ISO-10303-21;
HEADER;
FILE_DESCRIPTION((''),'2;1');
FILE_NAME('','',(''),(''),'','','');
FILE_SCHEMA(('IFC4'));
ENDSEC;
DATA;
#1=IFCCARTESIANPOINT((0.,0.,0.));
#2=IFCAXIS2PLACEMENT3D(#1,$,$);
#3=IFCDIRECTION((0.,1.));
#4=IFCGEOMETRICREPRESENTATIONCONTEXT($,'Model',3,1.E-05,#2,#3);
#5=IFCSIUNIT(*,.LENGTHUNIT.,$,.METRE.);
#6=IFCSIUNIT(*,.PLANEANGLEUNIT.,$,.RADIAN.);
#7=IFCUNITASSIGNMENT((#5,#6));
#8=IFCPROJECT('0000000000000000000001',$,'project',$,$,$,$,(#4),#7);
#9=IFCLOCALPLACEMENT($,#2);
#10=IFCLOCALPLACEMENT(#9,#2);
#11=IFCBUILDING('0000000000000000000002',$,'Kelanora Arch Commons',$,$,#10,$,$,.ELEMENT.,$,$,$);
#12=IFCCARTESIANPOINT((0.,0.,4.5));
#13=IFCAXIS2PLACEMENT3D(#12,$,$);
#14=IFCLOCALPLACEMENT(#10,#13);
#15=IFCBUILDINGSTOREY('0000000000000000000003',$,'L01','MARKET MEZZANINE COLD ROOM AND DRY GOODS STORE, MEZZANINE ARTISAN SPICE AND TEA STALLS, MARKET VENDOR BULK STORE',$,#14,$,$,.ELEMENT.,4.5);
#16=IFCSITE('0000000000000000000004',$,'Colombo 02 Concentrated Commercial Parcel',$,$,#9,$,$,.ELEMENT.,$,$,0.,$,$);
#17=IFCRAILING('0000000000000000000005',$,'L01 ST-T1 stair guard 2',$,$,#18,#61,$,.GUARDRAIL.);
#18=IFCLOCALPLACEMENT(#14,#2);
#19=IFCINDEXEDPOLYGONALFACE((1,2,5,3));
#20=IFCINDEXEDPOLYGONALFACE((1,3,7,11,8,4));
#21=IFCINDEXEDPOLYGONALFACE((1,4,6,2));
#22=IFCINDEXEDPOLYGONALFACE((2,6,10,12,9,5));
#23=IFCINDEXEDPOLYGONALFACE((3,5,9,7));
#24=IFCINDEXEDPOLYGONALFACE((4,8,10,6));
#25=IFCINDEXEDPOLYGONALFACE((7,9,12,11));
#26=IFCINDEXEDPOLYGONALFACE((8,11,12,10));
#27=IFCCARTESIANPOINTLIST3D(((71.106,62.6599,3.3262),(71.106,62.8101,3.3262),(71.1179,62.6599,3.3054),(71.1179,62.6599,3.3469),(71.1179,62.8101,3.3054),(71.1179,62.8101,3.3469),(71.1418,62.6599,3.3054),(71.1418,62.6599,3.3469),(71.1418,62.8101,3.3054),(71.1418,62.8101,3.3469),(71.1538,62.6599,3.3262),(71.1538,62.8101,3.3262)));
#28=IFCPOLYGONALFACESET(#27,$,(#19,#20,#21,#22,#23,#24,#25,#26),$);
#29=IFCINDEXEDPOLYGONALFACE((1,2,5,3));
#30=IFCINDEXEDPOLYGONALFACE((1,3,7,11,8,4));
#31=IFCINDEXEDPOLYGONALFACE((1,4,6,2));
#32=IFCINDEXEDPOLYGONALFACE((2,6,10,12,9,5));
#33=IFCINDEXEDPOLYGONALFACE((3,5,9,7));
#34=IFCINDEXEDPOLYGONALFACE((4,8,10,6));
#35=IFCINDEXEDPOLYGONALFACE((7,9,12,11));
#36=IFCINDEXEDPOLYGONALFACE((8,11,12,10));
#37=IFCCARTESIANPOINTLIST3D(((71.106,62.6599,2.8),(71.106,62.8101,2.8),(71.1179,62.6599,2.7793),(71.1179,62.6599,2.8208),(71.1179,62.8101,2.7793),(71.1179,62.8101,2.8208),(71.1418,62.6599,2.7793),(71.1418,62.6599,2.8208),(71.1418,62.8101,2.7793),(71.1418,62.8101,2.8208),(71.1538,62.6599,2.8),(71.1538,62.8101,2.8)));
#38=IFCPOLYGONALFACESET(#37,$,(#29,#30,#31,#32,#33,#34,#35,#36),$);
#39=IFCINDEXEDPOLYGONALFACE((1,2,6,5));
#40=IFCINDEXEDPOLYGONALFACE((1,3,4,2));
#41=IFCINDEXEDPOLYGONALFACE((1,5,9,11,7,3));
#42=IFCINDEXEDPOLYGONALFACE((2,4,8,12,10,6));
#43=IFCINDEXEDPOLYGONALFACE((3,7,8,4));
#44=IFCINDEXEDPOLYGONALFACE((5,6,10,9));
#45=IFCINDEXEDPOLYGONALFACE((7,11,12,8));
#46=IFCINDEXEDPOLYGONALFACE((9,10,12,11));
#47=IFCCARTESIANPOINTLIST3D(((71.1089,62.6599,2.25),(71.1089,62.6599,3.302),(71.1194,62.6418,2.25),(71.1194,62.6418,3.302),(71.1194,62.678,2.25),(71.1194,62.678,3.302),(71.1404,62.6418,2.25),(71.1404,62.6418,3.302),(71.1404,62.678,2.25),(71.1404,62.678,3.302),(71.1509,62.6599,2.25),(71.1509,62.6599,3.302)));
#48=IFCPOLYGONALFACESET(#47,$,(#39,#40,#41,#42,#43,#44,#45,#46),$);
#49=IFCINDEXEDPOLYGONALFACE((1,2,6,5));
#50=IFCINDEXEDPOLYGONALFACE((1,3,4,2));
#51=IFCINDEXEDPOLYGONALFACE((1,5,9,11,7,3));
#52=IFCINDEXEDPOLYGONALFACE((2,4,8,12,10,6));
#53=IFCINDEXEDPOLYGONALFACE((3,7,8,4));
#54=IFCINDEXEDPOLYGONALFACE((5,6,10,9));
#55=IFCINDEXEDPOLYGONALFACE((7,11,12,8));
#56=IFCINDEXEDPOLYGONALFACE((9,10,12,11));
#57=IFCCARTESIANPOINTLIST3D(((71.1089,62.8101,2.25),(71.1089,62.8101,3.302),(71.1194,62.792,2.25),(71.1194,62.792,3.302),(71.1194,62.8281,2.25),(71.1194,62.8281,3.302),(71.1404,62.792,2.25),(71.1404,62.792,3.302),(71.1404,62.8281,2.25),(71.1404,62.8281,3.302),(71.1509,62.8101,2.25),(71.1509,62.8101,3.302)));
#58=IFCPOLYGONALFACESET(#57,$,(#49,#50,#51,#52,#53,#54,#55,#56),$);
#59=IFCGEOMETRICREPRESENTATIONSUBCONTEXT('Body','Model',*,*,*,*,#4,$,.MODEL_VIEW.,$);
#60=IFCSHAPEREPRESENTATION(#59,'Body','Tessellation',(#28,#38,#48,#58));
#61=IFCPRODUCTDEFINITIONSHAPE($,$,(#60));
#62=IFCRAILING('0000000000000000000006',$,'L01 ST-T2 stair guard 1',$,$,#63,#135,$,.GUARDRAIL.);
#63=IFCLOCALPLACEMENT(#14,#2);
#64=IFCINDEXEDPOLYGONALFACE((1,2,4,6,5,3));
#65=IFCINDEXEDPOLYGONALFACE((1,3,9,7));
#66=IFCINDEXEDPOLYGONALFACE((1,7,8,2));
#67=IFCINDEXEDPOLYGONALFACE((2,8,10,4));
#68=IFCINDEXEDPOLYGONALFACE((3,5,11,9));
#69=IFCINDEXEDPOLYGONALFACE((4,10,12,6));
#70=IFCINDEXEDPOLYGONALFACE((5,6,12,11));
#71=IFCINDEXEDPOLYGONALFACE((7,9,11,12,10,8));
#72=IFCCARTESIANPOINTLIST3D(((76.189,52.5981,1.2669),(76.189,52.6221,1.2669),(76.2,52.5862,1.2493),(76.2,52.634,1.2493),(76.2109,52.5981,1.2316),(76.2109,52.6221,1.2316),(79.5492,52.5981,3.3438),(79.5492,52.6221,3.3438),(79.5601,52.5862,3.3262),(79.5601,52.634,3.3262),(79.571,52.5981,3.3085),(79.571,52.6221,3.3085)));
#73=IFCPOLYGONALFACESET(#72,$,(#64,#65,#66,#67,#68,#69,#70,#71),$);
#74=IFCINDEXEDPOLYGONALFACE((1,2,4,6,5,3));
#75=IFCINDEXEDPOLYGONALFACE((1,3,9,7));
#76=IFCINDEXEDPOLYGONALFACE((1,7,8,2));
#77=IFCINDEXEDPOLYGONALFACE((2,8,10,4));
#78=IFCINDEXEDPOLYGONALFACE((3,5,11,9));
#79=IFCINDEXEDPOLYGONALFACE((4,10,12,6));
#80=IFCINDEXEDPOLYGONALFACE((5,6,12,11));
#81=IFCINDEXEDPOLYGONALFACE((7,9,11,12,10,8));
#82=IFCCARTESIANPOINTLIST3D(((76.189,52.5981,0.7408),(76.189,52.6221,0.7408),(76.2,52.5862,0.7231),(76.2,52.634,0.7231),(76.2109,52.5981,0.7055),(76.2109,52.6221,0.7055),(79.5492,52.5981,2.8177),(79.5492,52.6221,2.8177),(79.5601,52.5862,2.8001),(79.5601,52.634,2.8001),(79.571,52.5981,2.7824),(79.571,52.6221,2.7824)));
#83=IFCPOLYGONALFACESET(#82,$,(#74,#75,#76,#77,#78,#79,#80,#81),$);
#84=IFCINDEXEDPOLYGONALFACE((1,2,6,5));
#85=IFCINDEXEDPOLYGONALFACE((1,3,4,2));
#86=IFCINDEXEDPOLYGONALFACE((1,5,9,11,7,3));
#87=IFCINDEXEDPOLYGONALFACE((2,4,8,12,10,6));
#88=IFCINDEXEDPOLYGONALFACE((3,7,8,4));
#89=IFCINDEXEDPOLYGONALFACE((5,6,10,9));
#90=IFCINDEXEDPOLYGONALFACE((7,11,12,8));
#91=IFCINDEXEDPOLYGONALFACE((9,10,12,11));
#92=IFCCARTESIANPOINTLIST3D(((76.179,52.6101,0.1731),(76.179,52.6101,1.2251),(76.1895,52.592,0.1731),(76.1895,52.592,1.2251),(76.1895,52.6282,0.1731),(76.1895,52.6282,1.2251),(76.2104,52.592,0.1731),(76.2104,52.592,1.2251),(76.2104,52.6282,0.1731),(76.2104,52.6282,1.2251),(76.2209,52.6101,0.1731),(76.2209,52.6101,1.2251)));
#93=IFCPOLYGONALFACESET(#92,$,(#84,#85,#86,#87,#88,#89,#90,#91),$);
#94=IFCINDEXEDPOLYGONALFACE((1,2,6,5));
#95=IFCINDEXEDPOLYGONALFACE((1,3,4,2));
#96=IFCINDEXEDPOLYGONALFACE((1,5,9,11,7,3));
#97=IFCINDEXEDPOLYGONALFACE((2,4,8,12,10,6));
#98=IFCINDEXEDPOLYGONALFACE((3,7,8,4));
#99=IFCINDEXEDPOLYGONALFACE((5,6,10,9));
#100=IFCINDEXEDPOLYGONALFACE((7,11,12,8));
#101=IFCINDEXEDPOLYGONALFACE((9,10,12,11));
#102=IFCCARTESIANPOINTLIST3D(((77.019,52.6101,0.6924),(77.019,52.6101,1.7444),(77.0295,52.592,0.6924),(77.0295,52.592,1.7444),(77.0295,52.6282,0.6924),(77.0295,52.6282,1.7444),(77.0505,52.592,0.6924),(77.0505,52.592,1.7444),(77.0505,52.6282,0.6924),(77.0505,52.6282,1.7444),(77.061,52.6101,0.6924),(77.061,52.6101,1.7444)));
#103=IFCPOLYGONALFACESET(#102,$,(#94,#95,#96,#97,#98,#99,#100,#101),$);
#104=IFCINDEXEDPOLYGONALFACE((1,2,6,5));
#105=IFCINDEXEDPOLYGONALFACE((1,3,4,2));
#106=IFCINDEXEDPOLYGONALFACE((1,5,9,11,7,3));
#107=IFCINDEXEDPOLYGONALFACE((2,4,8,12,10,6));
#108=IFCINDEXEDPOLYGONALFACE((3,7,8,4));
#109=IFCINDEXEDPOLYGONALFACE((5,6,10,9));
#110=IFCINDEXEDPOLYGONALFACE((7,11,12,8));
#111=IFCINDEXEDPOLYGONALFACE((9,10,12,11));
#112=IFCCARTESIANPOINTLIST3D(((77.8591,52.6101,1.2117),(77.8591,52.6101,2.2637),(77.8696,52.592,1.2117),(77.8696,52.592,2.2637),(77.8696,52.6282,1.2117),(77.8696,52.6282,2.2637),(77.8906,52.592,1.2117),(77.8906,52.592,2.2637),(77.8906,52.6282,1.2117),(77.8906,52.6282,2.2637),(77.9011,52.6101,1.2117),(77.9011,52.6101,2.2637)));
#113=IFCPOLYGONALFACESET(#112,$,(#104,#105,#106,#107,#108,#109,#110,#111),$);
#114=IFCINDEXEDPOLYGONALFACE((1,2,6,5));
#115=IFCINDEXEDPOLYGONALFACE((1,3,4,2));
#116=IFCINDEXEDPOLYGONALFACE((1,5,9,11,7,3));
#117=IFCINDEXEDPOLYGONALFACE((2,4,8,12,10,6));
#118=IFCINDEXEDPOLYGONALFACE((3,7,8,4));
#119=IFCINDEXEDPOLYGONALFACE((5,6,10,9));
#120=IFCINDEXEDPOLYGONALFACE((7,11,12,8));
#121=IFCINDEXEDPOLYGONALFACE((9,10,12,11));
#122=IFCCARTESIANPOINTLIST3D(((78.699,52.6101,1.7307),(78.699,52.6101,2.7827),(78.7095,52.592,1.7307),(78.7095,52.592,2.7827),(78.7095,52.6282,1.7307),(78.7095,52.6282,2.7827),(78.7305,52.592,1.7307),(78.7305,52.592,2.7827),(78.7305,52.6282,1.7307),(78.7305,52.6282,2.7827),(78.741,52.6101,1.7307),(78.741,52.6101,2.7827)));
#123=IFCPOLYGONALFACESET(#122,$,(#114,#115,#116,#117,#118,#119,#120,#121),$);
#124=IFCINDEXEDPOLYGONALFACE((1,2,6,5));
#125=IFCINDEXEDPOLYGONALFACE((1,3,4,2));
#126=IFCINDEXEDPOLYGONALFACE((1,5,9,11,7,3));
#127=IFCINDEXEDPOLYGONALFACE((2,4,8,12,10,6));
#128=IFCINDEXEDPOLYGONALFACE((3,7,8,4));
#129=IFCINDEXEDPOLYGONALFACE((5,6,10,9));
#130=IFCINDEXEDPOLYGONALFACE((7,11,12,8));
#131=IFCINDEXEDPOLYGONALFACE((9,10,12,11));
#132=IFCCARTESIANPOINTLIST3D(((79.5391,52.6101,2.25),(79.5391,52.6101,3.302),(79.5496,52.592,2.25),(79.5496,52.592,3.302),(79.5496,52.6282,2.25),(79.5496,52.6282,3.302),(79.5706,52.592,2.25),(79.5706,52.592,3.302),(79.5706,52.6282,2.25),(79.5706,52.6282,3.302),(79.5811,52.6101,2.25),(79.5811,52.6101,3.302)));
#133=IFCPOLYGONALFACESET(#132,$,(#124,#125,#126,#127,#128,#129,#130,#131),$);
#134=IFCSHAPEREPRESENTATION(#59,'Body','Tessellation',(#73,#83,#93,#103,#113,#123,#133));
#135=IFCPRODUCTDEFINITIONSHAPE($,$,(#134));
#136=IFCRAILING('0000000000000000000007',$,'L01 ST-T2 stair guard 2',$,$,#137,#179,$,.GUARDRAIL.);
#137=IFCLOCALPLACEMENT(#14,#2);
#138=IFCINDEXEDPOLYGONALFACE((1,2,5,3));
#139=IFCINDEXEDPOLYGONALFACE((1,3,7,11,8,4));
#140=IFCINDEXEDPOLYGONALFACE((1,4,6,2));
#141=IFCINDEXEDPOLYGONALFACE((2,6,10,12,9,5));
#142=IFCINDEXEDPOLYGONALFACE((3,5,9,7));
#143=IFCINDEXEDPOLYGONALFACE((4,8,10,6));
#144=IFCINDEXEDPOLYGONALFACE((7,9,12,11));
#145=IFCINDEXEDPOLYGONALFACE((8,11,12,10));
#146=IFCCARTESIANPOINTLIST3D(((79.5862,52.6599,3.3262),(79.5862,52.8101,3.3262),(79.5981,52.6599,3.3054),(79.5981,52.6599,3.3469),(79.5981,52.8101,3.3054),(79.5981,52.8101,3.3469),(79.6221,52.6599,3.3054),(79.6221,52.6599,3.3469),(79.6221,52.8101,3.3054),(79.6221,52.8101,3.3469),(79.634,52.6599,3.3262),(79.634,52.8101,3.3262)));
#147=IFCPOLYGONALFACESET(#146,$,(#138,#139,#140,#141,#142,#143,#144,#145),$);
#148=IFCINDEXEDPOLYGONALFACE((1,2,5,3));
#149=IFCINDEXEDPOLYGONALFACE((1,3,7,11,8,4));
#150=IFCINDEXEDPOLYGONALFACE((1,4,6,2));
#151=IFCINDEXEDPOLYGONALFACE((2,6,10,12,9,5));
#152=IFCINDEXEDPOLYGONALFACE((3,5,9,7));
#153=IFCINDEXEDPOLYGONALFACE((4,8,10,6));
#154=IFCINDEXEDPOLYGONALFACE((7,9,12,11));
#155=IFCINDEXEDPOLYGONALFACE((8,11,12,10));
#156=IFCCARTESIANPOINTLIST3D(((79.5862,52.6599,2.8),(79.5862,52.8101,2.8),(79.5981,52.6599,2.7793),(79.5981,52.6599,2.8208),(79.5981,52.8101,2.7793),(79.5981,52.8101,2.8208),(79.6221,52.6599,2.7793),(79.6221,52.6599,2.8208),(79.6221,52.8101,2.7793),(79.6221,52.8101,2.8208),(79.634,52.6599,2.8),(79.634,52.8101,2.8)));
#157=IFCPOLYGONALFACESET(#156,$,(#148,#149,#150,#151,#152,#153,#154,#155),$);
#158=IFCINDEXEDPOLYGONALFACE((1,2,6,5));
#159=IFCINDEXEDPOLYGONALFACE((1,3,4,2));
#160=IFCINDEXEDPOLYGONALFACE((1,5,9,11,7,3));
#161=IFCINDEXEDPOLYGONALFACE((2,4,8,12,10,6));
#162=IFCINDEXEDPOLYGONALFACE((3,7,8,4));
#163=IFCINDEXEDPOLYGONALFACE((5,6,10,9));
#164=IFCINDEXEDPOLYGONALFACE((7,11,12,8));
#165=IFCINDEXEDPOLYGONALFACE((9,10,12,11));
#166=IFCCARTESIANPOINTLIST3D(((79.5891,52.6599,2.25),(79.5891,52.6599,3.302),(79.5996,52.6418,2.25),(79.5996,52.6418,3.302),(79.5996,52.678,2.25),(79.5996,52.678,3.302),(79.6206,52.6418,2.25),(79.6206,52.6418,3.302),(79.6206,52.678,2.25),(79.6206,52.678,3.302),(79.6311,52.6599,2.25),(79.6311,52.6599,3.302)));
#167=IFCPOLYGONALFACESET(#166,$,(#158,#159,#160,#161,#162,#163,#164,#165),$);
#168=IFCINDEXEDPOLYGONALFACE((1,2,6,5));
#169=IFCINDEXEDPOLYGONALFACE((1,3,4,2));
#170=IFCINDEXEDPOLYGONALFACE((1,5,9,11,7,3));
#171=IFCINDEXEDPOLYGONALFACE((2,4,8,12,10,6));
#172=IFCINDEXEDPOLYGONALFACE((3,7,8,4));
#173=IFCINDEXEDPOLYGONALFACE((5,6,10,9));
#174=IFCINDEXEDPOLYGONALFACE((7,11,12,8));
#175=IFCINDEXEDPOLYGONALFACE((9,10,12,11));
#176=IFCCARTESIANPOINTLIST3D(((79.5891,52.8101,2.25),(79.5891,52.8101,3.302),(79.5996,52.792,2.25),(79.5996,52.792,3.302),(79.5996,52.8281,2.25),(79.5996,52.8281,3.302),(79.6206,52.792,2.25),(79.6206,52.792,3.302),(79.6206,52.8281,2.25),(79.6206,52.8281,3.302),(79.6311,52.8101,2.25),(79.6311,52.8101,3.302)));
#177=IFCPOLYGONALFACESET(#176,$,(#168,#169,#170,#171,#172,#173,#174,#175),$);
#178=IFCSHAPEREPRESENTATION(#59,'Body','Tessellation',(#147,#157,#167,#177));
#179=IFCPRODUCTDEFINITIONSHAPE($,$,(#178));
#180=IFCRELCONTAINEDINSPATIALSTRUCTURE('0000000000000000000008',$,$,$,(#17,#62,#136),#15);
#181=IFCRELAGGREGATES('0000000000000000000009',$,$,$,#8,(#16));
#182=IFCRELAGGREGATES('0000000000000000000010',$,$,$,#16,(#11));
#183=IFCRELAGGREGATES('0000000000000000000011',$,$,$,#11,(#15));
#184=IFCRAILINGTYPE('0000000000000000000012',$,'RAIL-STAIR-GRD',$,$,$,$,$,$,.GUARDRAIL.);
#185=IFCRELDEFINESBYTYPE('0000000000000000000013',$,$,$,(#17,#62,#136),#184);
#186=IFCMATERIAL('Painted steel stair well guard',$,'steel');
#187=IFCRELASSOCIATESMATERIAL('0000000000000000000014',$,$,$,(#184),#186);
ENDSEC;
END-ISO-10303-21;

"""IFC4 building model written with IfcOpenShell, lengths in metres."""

from ifc_helpers import new_model, si_unit, direction, frame, origin, place, context, subcontext, project, spatial, polyline, outline, extrude, material, type_object, element, save


model = new_model("IFC4")

# Units and contexts
model_context = context("Model", 3, precision=1e-05, world=origin(), true_north=direction((0.0, 1.0)))
body_context = subcontext(model_context, "Body", "Model", "MODEL_VIEW")
ifc_project = project(units=[si_unit("LENGTHUNIT", "METRE"), si_unit("PLANEANGLEUNIT", "RADIAN")], contexts=[model_context])

# Site, building, storey
site_placement = place(None, origin())
site = spatial("IfcSite", under=ifc_project, at=site_placement, Name="Colombo 02 Concentrated Commercial Parcel", CompositionType="ELEMENT", RefElevation=0.0)
building_placement = place(site_placement, origin())
building = spatial("IfcBuilding", under=site, at=building_placement, Name="Kelanora Arch Commons", CompositionType="ELEMENT")
storey_placement = place(building_placement, frame((0.0, 0.0, 4.5)))
storey = spatial("IfcBuildingStorey", under=building, at=storey_placement, Name="L01", Description="MARKET MEZZANINE COLD ROOM AND DRY GOODS STORE, MEZZANINE ARTISAN SPICE AND TEA STALLS, MARKET VENDOR BULK STORE", CompositionType="ELEMENT", Elevation=4.5)

# Railings
ifc_material_1 = material(Name="Painted steel stair well guard", Category="steel")
railing_type_1 = type_object("IfcRailingType", Name="RAIL-STAIR-GRD", PredefinedType="GUARDRAIL", material=ifc_material_1)
railing_1_placement = place(storey_placement, frame((71.1299, 62.6599, 2.25)))
element("IfcRailing", 1, at=railing_1_placement, inside=storey, type_object=railing_type_1, Name="L01 ST-T1 stair guard 2", PredefinedType="GUARDRAIL", context=body_context, shape_type="SweptSolid", body=[
    extrude(outline(polyline([(0.0239, 0.0), (0.012, 0.0208), (-0.012, 0.0208), (-0.0239, 0.0), (-0.012, -0.0208), (0.012, -0.0208), (0.0239, 0.0)])), frame((0.0, 0.0, 1.0762), z_axis=(0.0, 1.0, 0.0), x_axis=(-1.0, 0.0, 0.0)), (0.0, 0.0, 1.0), 0.1501),
    extrude(outline(polyline([(0.0239, 0.0), (0.012, 0.0208), (-0.012, 0.0208), (-0.0239, 0.0), (-0.012, -0.0208), (0.012, -0.0208), (0.0239, 0.0)])), frame((0.0, 0.0, 0.55), z_axis=(0.0, 1.0, 0.0), x_axis=(-1.0, 0.0, 0.0)), (0.0, 0.0, 1.0), 0.1501),
    extrude(outline(polyline([(0.021, 0.0), (0.0105, 0.0181), (-0.0105, 0.0181), (-0.021, 0.0), (-0.0105, -0.0181), (0.0105, -0.0181), (0.021, 0.0)])), origin(), (0.0, 0.0, 1.0), 1.052),
    extrude(outline(polyline([(0.021, 0.0), (0.0105, 0.0181), (-0.0105, 0.0181), (-0.021, 0.0), (-0.0105, -0.0181), (0.0105, -0.0181), (0.021, 0.0)])), frame((0.0, 0.1501, 0.0)), (0.0, 0.0, 1.0), 1.052),
])
railing_2_placement = place(storey_placement, frame((76.2, 52.6101, 0.1731)))
element("IfcRailing", 2, at=railing_2_placement, inside=storey, type_object=railing_type_1, Name="L01 ST-T2 stair guard 1", PredefinedType="GUARDRAIL", context=body_context, shape_type="SweptSolid", body=[
    extrude(outline(polyline([(0.0239, 0.0), (0.012, 0.0208), (-0.012, 0.0208), (-0.0239, 0.0), (-0.012, -0.0208), (0.012, -0.0208), (0.0239, 0.0)])), frame((0.0, 0.0, 1.0762), z_axis=(0.850623, 0.0, 0.525776), x_axis=(0.0, 1.0, 0.0)), (0.0, 0.0, 1.0), 3.9502),
    extrude(outline(polyline([(0.0239, 0.0), (0.012, 0.0208), (-0.012, 0.0208), (-0.0239, 0.0), (-0.012, -0.0208), (0.012, -0.0208), (0.0239, 0.0)])), frame((0.0, 0.0, 0.55), z_axis=(0.850623, 0.0, 0.525776), x_axis=(0.0, 1.0, 0.0)), (0.0, 0.0, 1.0), 3.9502),
    extrude(outline(polyline([(0.021, 0.0), (0.0105, 0.0181), (-0.0105, 0.0181), (-0.021, 0.0), (-0.0105, -0.0181), (0.0105, -0.0181), (0.021, 0.0)])), origin(), (0.0, 0.0, 1.0), 1.052),
    extrude(outline(polyline([(0.021, 0.0), (0.0105, 0.0181), (-0.0105, 0.0181), (-0.021, 0.0), (-0.0105, -0.0181), (0.0105, -0.0181), (0.021, 0.0)])), frame((0.8401, 0.0, 0.5193)), (0.0, 0.0, 1.0), 1.052),
    extrude(outline(polyline([(0.021, 0.0), (0.0105, 0.0181), (-0.0105, 0.0181), (-0.021, 0.0), (-0.0105, -0.0181), (0.0105, -0.0181), (0.021, 0.0)])), frame((1.6802, 0.0, 1.0386)), (0.0, 0.0, 1.0), 1.052),
    extrude(outline(polyline([(0.021, 0.0), (0.0105, 0.0181), (-0.0105, 0.0181), (-0.021, 0.0), (-0.0105, -0.0181), (0.0105, -0.0181), (0.021, 0.0)])), frame((2.52, 0.0, 1.5576)), (0.0, 0.0, 1.0), 1.052),
    extrude(outline(polyline([(0.021, 0.0), (0.0105, 0.0181), (-0.0105, 0.0181), (-0.021, 0.0), (-0.0105, -0.0181), (0.0105, -0.0181), (0.021, 0.0)])), frame((3.3601, 0.0, 2.0769)), (0.0, 0.0, 1.0), 1.052),
])
railing_3_placement = place(storey_placement, frame((79.6101, 52.6599, 2.25)))
element("IfcRailing", 3, at=railing_3_placement, inside=storey, type_object=railing_type_1, Name="L01 ST-T2 stair guard 2", PredefinedType="GUARDRAIL", context=body_context, shape_type="SweptSolid", body=[
    extrude(outline(polyline([(0.0239, 0.0), (0.012, 0.0208), (-0.012, 0.0208), (-0.0239, 0.0), (-0.012, -0.0208), (0.012, -0.0208), (0.0239, 0.0)])), frame((0.0, 0.0, 1.0762), z_axis=(0.0, 1.0, 0.0), x_axis=(-1.0, 0.0, 0.0)), (0.0, 0.0, 1.0), 0.1501),
    extrude(outline(polyline([(0.0239, 0.0), (0.012, 0.0208), (-0.012, 0.0208), (-0.0239, 0.0), (-0.012, -0.0208), (0.012, -0.0208), (0.0239, 0.0)])), frame((0.0, 0.0, 0.55), z_axis=(0.0, 1.0, 0.0), x_axis=(-1.0, 0.0, 0.0)), (0.0, 0.0, 1.0), 0.1501),
    extrude(outline(polyline([(0.021, 0.0), (0.0105, 0.0181), (-0.0105, 0.0181), (-0.021, 0.0), (-0.0105, -0.0181), (0.0105, -0.0181), (0.021, 0.0)])), origin(), (0.0, 0.0, 1.0), 1.052),
    extrude(outline(polyline([(0.021, 0.0), (0.0105, 0.0181), (-0.0105, 0.0181), (-0.021, 0.0), (-0.0105, -0.0181), (0.0105, -0.0181), (0.021, 0.0)])), frame((0.0, 0.1501, 0.0)), (0.0, 0.0, 1.0), 1.052),
])

save(model, "model.ifc")
